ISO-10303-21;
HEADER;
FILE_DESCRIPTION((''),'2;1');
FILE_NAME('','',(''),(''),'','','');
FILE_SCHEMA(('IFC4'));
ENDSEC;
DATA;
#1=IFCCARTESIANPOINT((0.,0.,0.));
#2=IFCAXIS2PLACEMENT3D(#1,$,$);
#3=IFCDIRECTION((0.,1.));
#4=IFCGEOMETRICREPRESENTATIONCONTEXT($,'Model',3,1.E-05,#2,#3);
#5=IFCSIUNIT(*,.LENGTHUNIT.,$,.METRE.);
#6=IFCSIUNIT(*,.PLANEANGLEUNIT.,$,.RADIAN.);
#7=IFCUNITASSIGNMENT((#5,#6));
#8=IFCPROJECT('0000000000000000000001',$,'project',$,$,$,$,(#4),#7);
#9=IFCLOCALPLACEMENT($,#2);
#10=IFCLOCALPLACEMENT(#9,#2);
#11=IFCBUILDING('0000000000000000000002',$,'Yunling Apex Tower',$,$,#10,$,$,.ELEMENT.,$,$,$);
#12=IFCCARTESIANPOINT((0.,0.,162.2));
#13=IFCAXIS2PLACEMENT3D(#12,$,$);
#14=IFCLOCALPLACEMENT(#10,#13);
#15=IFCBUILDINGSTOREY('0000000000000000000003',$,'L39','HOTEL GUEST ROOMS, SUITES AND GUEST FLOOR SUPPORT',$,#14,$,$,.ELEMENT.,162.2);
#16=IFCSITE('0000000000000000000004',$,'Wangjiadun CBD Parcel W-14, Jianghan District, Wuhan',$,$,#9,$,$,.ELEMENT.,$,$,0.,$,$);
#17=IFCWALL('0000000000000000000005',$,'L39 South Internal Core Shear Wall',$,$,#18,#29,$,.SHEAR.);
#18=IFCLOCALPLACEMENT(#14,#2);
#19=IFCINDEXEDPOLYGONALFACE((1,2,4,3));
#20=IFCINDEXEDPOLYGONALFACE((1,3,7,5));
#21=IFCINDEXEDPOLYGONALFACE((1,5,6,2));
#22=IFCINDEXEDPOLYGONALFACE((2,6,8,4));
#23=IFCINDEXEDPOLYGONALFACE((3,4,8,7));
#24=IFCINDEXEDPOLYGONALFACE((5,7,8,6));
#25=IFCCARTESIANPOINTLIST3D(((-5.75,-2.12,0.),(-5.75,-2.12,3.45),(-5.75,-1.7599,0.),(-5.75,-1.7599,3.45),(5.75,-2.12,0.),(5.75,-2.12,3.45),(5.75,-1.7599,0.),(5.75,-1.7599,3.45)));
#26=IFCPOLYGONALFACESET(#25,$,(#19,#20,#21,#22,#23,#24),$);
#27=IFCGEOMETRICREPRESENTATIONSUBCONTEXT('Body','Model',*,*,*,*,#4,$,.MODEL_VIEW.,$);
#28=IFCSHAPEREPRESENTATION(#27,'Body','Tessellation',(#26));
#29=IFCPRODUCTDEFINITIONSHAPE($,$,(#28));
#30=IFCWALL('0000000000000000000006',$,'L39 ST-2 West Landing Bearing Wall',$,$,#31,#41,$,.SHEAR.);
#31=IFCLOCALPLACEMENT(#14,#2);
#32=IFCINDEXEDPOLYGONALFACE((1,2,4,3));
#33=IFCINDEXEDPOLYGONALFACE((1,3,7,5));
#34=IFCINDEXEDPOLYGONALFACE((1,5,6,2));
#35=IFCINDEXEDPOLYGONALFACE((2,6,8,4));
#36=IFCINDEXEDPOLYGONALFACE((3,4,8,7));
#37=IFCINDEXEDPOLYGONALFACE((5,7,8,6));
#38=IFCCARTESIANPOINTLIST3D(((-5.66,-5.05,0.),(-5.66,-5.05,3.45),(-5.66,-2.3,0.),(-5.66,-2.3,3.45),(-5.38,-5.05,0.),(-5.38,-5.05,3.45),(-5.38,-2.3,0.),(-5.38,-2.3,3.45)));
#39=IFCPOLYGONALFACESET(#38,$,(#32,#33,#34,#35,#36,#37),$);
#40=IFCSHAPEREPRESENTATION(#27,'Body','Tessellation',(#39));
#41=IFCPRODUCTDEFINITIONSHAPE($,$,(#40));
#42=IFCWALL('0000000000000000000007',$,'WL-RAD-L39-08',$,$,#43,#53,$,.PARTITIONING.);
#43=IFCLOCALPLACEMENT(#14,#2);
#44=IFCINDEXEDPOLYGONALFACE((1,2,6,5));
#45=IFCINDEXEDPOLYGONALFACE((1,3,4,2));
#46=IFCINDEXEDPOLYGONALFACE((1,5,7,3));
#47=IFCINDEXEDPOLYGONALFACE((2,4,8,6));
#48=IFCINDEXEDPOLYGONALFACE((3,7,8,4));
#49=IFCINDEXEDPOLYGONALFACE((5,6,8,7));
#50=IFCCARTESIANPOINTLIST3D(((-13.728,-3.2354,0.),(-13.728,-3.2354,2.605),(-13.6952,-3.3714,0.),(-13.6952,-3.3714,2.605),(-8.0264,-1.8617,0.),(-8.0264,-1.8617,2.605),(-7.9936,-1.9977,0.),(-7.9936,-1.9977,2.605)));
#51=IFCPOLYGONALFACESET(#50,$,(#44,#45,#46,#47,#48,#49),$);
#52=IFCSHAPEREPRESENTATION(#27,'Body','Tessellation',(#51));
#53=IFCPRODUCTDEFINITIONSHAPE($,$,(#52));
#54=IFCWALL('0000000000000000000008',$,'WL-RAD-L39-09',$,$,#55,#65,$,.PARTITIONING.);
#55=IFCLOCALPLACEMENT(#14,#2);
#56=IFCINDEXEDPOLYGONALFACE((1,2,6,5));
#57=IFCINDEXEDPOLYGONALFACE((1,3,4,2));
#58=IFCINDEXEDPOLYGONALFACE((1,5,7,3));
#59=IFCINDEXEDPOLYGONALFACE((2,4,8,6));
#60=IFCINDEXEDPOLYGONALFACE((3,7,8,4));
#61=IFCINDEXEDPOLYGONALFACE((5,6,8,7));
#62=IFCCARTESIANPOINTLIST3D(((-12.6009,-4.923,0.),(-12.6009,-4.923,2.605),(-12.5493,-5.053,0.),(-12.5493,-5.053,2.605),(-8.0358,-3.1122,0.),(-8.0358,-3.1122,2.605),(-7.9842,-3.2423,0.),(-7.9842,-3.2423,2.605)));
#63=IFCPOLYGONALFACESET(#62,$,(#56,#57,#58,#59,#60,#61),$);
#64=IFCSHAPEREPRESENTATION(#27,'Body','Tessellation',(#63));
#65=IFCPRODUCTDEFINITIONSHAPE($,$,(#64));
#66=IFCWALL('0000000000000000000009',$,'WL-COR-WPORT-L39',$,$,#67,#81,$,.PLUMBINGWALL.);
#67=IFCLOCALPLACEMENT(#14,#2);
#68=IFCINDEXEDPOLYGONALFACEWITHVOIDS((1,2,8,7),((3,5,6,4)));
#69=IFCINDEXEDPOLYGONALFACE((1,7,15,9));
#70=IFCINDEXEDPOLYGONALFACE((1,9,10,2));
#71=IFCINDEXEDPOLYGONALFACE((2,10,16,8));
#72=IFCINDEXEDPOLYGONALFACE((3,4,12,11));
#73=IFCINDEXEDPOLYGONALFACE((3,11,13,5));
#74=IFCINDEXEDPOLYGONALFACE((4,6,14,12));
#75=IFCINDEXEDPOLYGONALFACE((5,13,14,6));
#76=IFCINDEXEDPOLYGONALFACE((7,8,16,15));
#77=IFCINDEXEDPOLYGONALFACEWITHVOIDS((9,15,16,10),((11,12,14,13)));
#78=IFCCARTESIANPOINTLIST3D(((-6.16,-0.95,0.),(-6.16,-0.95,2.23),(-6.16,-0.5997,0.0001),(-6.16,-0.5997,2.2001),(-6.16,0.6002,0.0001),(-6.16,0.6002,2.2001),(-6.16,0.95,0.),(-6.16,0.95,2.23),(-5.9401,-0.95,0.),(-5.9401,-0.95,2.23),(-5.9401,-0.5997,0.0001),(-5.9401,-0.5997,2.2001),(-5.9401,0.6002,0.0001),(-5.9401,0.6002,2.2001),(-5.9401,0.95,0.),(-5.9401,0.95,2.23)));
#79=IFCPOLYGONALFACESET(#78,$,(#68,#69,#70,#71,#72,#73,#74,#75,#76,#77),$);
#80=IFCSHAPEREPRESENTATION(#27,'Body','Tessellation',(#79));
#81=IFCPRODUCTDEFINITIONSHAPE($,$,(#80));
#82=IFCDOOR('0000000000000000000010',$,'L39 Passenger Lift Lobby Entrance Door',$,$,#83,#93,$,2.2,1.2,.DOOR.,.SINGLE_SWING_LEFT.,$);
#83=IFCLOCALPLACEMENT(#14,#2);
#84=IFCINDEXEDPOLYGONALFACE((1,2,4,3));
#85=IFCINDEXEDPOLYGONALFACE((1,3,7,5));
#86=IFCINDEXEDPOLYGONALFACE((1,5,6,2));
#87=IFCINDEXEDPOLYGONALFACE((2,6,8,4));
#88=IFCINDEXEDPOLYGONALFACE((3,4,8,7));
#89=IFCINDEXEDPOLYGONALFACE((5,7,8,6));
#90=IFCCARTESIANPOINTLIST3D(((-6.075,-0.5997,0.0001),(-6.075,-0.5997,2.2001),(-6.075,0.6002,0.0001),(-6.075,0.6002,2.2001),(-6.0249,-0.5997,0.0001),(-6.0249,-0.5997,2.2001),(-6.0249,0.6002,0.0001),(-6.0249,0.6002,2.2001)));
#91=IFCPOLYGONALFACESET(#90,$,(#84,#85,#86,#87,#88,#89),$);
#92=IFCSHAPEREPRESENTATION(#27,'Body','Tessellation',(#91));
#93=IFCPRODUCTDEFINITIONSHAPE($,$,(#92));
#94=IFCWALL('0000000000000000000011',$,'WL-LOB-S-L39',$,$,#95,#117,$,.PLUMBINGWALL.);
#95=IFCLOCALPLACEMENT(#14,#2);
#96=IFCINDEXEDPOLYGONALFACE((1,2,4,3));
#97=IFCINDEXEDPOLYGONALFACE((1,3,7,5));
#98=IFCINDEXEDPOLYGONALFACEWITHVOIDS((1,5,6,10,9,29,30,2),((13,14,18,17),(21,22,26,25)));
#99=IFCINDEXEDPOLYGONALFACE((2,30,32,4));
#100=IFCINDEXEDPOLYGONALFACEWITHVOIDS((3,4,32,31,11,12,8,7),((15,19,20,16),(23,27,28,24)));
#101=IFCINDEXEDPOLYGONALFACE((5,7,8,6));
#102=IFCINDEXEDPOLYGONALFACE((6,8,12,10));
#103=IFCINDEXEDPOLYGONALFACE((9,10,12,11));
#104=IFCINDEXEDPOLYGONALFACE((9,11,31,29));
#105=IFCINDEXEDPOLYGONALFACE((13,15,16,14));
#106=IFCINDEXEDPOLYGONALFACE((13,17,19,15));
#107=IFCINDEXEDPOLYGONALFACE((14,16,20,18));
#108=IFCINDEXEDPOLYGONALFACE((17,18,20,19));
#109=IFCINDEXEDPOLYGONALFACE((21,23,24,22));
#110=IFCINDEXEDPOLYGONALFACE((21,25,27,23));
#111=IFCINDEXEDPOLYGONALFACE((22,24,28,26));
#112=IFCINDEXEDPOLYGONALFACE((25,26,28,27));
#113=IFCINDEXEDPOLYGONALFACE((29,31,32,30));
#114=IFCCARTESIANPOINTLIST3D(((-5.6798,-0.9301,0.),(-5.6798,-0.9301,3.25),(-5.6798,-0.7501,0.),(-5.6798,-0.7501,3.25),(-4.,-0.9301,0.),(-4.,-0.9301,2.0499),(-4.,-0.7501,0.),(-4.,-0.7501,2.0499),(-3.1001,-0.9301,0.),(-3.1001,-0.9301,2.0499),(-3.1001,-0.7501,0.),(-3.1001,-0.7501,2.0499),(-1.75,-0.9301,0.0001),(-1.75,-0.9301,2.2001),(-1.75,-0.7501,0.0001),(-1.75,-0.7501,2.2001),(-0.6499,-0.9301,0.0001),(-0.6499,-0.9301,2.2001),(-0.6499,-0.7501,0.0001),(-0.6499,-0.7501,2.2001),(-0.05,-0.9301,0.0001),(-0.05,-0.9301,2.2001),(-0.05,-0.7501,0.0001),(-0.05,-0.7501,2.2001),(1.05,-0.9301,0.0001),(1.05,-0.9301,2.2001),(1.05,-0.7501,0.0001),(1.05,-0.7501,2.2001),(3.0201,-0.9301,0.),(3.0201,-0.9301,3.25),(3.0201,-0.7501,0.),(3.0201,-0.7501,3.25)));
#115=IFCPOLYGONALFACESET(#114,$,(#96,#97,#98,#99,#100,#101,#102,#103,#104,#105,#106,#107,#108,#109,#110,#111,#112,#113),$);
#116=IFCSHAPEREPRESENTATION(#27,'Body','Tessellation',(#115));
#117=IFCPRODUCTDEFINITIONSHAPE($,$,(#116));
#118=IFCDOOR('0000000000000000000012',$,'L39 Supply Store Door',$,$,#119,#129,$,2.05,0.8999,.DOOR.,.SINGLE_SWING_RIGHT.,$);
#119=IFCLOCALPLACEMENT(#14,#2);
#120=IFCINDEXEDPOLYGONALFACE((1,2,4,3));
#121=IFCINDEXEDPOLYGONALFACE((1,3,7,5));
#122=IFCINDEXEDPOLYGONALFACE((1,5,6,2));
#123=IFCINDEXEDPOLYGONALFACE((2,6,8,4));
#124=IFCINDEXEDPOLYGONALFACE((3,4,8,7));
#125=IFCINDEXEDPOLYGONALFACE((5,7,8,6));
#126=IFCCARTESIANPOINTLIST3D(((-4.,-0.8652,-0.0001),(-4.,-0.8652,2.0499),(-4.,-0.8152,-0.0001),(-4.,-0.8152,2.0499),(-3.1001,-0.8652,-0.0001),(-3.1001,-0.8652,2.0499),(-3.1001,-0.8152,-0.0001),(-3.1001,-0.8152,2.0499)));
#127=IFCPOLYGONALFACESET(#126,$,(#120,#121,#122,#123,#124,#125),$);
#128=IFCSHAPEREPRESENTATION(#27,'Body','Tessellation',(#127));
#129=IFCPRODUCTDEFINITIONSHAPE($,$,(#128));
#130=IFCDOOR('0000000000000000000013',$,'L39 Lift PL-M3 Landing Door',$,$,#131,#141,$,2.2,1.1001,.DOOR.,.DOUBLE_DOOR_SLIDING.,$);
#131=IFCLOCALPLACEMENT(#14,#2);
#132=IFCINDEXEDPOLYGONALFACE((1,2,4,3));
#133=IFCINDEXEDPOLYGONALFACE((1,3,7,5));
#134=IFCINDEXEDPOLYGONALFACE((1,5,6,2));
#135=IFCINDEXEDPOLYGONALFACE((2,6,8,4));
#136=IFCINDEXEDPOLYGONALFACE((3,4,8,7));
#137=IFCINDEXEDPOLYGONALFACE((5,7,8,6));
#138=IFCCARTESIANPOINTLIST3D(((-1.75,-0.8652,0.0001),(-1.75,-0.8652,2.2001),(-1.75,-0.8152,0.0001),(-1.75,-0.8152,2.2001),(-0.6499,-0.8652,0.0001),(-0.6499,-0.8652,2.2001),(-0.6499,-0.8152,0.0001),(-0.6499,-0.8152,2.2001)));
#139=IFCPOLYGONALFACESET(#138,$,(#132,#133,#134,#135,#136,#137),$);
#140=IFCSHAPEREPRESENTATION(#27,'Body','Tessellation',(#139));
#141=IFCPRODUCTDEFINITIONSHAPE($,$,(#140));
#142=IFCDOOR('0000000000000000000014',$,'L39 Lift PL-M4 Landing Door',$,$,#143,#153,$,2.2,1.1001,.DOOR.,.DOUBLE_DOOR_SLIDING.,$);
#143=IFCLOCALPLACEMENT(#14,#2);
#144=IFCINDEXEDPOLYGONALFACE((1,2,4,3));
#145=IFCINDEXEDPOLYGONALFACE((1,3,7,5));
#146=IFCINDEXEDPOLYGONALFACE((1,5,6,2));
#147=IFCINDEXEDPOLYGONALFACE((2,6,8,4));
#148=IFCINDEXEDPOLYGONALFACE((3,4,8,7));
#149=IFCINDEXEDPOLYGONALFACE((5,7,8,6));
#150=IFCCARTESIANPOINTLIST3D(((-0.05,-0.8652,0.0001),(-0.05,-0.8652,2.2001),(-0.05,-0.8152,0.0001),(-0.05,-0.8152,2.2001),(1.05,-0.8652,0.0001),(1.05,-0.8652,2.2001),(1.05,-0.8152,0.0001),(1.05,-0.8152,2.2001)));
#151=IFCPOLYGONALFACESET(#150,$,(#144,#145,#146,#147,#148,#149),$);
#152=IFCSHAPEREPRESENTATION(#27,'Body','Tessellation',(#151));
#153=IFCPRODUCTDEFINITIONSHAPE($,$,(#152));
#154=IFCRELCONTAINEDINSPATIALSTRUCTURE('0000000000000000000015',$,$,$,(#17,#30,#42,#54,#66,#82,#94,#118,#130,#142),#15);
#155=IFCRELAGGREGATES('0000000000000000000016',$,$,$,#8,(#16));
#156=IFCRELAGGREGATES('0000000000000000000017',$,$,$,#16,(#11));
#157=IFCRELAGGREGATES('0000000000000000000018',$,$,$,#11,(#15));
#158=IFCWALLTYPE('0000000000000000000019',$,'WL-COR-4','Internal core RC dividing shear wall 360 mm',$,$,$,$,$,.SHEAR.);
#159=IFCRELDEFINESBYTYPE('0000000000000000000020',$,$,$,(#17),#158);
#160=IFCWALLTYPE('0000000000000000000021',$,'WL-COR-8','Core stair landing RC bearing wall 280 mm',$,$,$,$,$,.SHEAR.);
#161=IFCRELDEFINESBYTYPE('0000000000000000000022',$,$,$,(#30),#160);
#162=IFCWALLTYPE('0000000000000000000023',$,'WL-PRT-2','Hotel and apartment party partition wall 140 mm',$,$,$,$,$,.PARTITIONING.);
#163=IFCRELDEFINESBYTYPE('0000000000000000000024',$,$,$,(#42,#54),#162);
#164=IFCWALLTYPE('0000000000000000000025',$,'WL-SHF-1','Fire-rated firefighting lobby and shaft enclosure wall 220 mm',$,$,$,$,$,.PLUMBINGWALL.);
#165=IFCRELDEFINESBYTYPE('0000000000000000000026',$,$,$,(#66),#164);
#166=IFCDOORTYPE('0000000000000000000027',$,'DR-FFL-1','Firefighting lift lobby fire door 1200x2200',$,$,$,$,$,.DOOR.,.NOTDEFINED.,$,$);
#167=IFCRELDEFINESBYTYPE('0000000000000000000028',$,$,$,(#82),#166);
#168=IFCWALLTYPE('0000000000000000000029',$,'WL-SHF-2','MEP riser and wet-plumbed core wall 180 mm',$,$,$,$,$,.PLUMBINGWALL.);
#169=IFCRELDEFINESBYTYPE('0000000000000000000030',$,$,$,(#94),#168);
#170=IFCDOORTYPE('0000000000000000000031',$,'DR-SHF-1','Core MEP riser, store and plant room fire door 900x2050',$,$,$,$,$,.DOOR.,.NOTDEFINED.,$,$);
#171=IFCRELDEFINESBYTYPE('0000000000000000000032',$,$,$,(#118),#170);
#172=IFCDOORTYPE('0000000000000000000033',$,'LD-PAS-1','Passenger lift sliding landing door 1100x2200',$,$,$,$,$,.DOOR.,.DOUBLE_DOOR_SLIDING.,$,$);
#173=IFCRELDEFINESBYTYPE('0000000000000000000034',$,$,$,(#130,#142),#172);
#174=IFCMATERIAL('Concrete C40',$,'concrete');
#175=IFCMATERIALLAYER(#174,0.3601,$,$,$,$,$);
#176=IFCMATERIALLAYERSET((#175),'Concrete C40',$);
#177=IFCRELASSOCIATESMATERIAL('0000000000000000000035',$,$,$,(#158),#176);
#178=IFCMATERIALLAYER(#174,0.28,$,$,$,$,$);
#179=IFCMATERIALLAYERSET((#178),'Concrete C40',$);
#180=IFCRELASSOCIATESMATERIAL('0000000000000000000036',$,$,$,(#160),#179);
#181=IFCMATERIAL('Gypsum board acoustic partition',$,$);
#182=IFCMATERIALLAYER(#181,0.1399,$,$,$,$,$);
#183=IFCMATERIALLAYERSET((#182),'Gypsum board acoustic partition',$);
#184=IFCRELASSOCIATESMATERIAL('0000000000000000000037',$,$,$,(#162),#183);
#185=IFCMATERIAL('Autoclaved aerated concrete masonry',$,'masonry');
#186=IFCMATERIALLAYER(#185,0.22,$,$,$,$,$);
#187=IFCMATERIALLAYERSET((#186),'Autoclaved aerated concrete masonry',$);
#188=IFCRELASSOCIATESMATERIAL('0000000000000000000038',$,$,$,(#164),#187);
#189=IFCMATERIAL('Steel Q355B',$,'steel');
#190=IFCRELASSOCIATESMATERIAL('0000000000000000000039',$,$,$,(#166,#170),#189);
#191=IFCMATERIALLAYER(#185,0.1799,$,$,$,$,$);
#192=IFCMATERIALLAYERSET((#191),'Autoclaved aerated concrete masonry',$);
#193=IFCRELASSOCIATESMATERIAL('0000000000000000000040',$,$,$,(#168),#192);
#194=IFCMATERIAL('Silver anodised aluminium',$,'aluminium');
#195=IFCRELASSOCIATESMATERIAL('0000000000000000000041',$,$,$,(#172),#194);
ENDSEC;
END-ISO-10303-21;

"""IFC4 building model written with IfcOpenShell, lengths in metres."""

from ifc_helpers import new_model, si_unit, direction, frame, frame_2d, origin, place, context, subcontext, project, spatial, rectangle, extrude, material, layer, layer_set, type_object, element, fill, save


model = new_model("IFC4")

# Units and contexts
model_context = context("Model", 3, precision=1e-05, world=origin(), true_north=direction((0.0, 1.0)))
body_context = subcontext(model_context, "Body", "Model", "MODEL_VIEW")
ifc_project = project(units=[si_unit("LENGTHUNIT", "METRE"), si_unit("PLANEANGLEUNIT", "RADIAN")], contexts=[model_context])

# Site, building, storey
site_placement = place(None, origin())
site = spatial("IfcSite", under=ifc_project, at=site_placement, Name="Wangjiadun CBD Parcel W-14, Jianghan District, Wuhan", CompositionType="ELEMENT", RefElevation=0.0)
building_placement = place(site_placement, origin())
building = spatial("IfcBuilding", under=site, at=building_placement, Name="Yunling Apex Tower", CompositionType="ELEMENT")
storey_placement = place(building_placement, frame((0.0, 0.0, 162.2)))
storey = spatial("IfcBuildingStorey", under=building, at=storey_placement, Name="L39", Description="HOTEL GUEST ROOMS, SUITES AND GUEST FLOOR SUPPORT", CompositionType="ELEMENT", Elevation=162.2)

# Shared definitions
ifc_material_1 = material(Name="Steel Q355B", Category="steel")

# Walls
ifc_material_2 = material(Name="Concrete C40", Category="concrete")
ifc_layer_1 = layer(ifc_material_2, 0.3601)
ifc_layer_set_1 = layer_set([ifc_layer_1], Name="Concrete C40")
wall_type_1 = type_object("IfcWallType", Name="WL-COR-4", Description="Internal core RC dividing shear wall 360 mm", PredefinedType="SHEAR", material=ifc_layer_set_1)
wall_1_placement = place(storey_placement, frame((-5.75, -1.9399, 0.0), z_axis=(0.0, 0.0, 1.0), x_axis=(1.0, 0.0, 0.0)))
element("IfcWall", 1, at=wall_1_placement, inside=storey, type_object=wall_type_1, Name="L39 South Internal Core Shear Wall", PredefinedType="SHEAR", context=body_context, shape_type="SweptSolid", body=[
    extrude(rectangle(XDim=11.5, YDim=0.3601, at=frame_2d((5.75, 0.0))), origin(), (0.0, 0.0, 1.0), 3.45),
])
ifc_layer_2 = layer(ifc_material_2, 0.28)
ifc_layer_set_2 = layer_set([ifc_layer_2], Name="Concrete C40")
wall_type_2 = type_object("IfcWallType", Name="WL-COR-8", Description="Core stair landing RC bearing wall 280 mm", PredefinedType="SHEAR", material=ifc_layer_set_2)
wall_2_placement = place(storey_placement, frame((-5.52, -5.05, 0.0), z_axis=(0.0, 0.0, 1.0), x_axis=(0.0, 1.0, 0.0)))
element("IfcWall", 2, at=wall_2_placement, inside=storey, type_object=wall_type_2, Name="L39 ST-2 West Landing Bearing Wall", PredefinedType="SHEAR", context=body_context, shape_type="SweptSolid", body=[
    extrude(rectangle(XDim=2.75, YDim=0.28, at=frame_2d((1.375, 0.0))), origin(), (0.0, 0.0, 1.0), 3.45),
])
ifc_material_3 = material(Name="Gypsum board acoustic partition")
ifc_layer_3 = layer(ifc_material_3, 0.1399)
ifc_layer_set_3 = layer_set([ifc_layer_3], Name="Gypsum board acoustic partition")
wall_type_3 = type_object("IfcWallType", Name="WL-PRT-2", Description="Hotel and apartment party partition wall 140 mm", PredefinedType="PARTITIONING", material=ifc_layer_set_3)
wall_3_placement = place(storey_placement, frame((-8.01, -1.9297, 0.0), z_axis=(0.0, 0.0, 1.0), x_axis=(-0.972179, -0.23424, 0.0)))
element("IfcWall", 3, at=wall_3_placement, inside=storey, type_object=wall_type_3, Name="WL-RAD-L39-08", PredefinedType="PARTITIONING", context=body_context, shape_type="SweptSolid", body=[
    extrude(rectangle(XDim=5.8647, YDim=0.1399, at=frame_2d((2.9324, 0.0))), origin(), (0.0, 0.0, 1.0), 2.605),
])
wall_4_placement = place(storey_placement, frame((-8.01, -3.1772, 0.0), z_axis=(0.0, 0.0, 1.0), x_axis=(-0.929546, -0.368706, 0.0)))
element("IfcWall", 4, at=wall_4_placement, inside=storey, type_object=wall_type_3, Name="WL-RAD-L39-09", PredefinedType="PARTITIONING", context=body_context, shape_type="SweptSolid", body=[
    extrude(rectangle(XDim=4.9111, YDim=0.1399, at=frame_2d((2.4556, 0.0))), origin(), (0.0, 0.0, 1.0), 2.605),
])

# Wall, opening, door
ifc_material_4 = material(Name="Autoclaved aerated concrete masonry", Category="masonry")
ifc_layer_4 = layer(ifc_material_4, 0.22)
ifc_layer_set_4 = layer_set([ifc_layer_4], Name="Autoclaved aerated concrete masonry")
wall_type_4 = type_object("IfcWallType", Name="WL-SHF-1", Description="Fire-rated firefighting lobby and shaft enclosure wall 220 mm", PredefinedType="PLUMBINGWALL", material=ifc_layer_set_4)
wall_5_placement = place(storey_placement, frame((-6.05, -0.95, 0.0), z_axis=(0.0, 0.0, 1.0), x_axis=(0.0, 1.0, 0.0)))
wall_5 = element("IfcWall", 5, at=wall_5_placement, inside=storey, type_object=wall_type_4, Name="WL-COR-WPORT-L39", PredefinedType="PLUMBINGWALL", context=body_context, shape_type="SweptSolid", body=[
    extrude(rectangle(XDim=1.8999, YDim=0.22, at=frame_2d((0.95, 0.0))), origin(), (0.0, 0.0, 1.0), 2.23),
])
opening_1_placement = place(wall_5_placement, frame((0.3501, 0.0, 0.0)))
opening_1 = element("IfcOpeningElement", 6, at=opening_1_placement, cuts=wall_5, PredefinedType="OPENING", context=body_context, shape_type="SweptSolid", body=[
    extrude(rectangle(XDim=1.2, YDim=2.2, at=frame_2d((0.6001, 1.1001))), frame((0.0, 0.1201, 0.0), z_axis=(0.0, -1.0, 0.0), x_axis=(1.0, 0.0, 0.0)), (0.0, 0.0, 1.0), 0.24),
])
door_type_1 = type_object("IfcDoorType", Name="DR-FFL-1", Description="Firefighting lift lobby fire door 1200x2200", OperationType="NOTDEFINED", PredefinedType="DOOR", material=ifc_material_1)
door_1_placement = place(opening_1_placement, origin())
door_1 = element("IfcDoor", 7, at=door_1_placement, inside=storey, type_object=door_type_1, Name="L39 Passenger Lift Lobby Entrance Door", OperationType="SINGLE_SWING_LEFT", OverallHeight=2.2, OverallWidth=1.2, PredefinedType="DOOR", context=body_context, shape_type="SweptSolid", body=[
    extrude(rectangle(XDim=1.2, YDim=2.2, at=frame_2d((0.6001, 1.1001))), frame((0.0, 0.0249, 0.0), z_axis=(0.0, -1.0, 0.0), x_axis=(1.0, 0.0, 0.0)), (0.0, 0.0, 1.0), 0.05),
])
fill(opening_1, door_1)

# Wall, openings, doors
ifc_layer_5 = layer(ifc_material_4, 0.1799)
ifc_layer_set_5 = layer_set([ifc_layer_5], Name="Autoclaved aerated concrete masonry")
wall_type_5 = type_object("IfcWallType", Name="WL-SHF-2", Description="MEP riser and wet-plumbed core wall 180 mm", PredefinedType="PLUMBINGWALL", material=ifc_layer_set_5)
wall_6_placement = place(storey_placement, frame((-5.6799, -0.8401, 0.0), z_axis=(0.0, 0.0, 1.0), x_axis=(1.0, 0.0, 0.0)))
wall_6 = element("IfcWall", 8, at=wall_6_placement, inside=storey, type_object=wall_type_5, Name="WL-LOB-S-L39", PredefinedType="PLUMBINGWALL", context=body_context, shape_type="SweptSolid", body=[
    extrude(rectangle(XDim=8.7, YDim=0.1799, at=frame_2d((4.3501, 0.0))), origin(), (0.0, 0.0, 1.0), 3.25),
])
opening_2_placement = place(wall_6_placement, frame((1.6799, 0.0, 0.0)))
opening_2 = element("IfcOpeningElement", 9, at=opening_2_placement, cuts=wall_6, PredefinedType="OPENING", context=body_context, shape_type="SweptSolid", body=[
    extrude(rectangle(XDim=0.8999, YDim=2.05, at=frame_2d((0.45, 1.0249))), frame((0.0, 0.1001, 0.0), z_axis=(0.0, -1.0, 0.0), x_axis=(1.0, 0.0, 0.0)), (0.0, 0.0, 1.0), 0.2),
])
opening_3_placement = place(wall_6_placement, frame((3.9299, 0.0, 0.0)))
opening_3 = element("IfcOpeningElement", 10, at=opening_3_placement, cuts=wall_6, PredefinedType="OPENING", context=body_context, shape_type="SweptSolid", body=[
    extrude(rectangle(XDim=1.1001, YDim=2.2, at=frame_2d((0.55, 1.1001))), frame((0.0, 0.1001, 0.0), z_axis=(0.0, -1.0, 0.0), x_axis=(1.0, 0.0, 0.0)), (0.0, 0.0, 1.0), 0.2),
])
opening_4_placement = place(wall_6_placement, frame((5.6299, 0.0, 0.0)))
opening_4 = element("IfcOpeningElement", 11, at=opening_4_placement, cuts=wall_6, PredefinedType="OPENING", context=body_context, shape_type="SweptSolid", body=[
    extrude(rectangle(XDim=1.1001, YDim=2.2, at=frame_2d((0.55, 1.1001))), frame((0.0, 0.1001, 0.0), z_axis=(0.0, -1.0, 0.0), x_axis=(1.0, 0.0, 0.0)), (0.0, 0.0, 1.0), 0.2),
])
door_type_2 = type_object("IfcDoorType", Name="DR-SHF-1", Description="Core MEP riser, store and plant room fire door 900x2050", OperationType="NOTDEFINED", PredefinedType="DOOR", material=ifc_material_1)
door_2_placement = place(opening_2_placement, origin())
door_2 = element("IfcDoor", 12, at=door_2_placement, inside=storey, type_object=door_type_2, Name="L39 Supply Store Door", OperationType="SINGLE_SWING_RIGHT", OverallHeight=2.05, OverallWidth=0.8999, PredefinedType="DOOR", context=body_context, shape_type="SweptSolid", body=[
    extrude(rectangle(XDim=0.8999, YDim=2.05, at=frame_2d((0.45, 1.0249))), frame((0.0, 0.0249, 0.0), z_axis=(0.0, -1.0, 0.0), x_axis=(1.0, 0.0, 0.0)), (0.0, 0.0, 1.0), 0.05),
])
fill(opening_2, door_2)
ifc_material_5 = material(Name="Silver anodised aluminium", Category="aluminium")
door_type_3 = type_object("IfcDoorType", Name="LD-PAS-1", Description="Passenger lift sliding landing door 1100x2200", OperationType="DOUBLE_DOOR_SLIDING", PredefinedType="DOOR", material=ifc_material_5)
door_3_placement = place(opening_3_placement, origin())
door_3 = element("IfcDoor", 13, at=door_3_placement, inside=storey, type_object=door_type_3, Name="L39 Lift PL-M3 Landing Door", OperationType="DOUBLE_DOOR_SLIDING", OverallHeight=2.2, OverallWidth=1.1001, PredefinedType="DOOR", context=body_context, shape_type="SweptSolid", body=[
    extrude(rectangle(XDim=1.1001, YDim=2.2, at=frame_2d((0.55, 1.1001))), frame((0.0, 0.0249, 0.0), z_axis=(0.0, -1.0, 0.0), x_axis=(1.0, 0.0, 0.0)), (0.0, 0.0, 1.0), 0.05),
])
fill(opening_3, door_3)
door_4_placement = place(opening_4_placement, origin())
door_4 = element("IfcDoor", 14, at=door_4_placement, inside=storey, type_object=door_type_3, Name="L39 Lift PL-M4 Landing Door", OperationType="DOUBLE_DOOR_SLIDING", OverallHeight=2.2, OverallWidth=1.1001, PredefinedType="DOOR", context=body_context, shape_type="SweptSolid", body=[
    extrude(rectangle(XDim=1.1001, YDim=2.2, at=frame_2d((0.55, 1.1001))), frame((0.0, 0.0249, 0.0), z_axis=(0.0, -1.0, 0.0), x_axis=(1.0, 0.0, 0.0)), (0.0, 0.0, 1.0), 0.05),
])
fill(opening_4, door_4)

save(model, "model.ifc")
